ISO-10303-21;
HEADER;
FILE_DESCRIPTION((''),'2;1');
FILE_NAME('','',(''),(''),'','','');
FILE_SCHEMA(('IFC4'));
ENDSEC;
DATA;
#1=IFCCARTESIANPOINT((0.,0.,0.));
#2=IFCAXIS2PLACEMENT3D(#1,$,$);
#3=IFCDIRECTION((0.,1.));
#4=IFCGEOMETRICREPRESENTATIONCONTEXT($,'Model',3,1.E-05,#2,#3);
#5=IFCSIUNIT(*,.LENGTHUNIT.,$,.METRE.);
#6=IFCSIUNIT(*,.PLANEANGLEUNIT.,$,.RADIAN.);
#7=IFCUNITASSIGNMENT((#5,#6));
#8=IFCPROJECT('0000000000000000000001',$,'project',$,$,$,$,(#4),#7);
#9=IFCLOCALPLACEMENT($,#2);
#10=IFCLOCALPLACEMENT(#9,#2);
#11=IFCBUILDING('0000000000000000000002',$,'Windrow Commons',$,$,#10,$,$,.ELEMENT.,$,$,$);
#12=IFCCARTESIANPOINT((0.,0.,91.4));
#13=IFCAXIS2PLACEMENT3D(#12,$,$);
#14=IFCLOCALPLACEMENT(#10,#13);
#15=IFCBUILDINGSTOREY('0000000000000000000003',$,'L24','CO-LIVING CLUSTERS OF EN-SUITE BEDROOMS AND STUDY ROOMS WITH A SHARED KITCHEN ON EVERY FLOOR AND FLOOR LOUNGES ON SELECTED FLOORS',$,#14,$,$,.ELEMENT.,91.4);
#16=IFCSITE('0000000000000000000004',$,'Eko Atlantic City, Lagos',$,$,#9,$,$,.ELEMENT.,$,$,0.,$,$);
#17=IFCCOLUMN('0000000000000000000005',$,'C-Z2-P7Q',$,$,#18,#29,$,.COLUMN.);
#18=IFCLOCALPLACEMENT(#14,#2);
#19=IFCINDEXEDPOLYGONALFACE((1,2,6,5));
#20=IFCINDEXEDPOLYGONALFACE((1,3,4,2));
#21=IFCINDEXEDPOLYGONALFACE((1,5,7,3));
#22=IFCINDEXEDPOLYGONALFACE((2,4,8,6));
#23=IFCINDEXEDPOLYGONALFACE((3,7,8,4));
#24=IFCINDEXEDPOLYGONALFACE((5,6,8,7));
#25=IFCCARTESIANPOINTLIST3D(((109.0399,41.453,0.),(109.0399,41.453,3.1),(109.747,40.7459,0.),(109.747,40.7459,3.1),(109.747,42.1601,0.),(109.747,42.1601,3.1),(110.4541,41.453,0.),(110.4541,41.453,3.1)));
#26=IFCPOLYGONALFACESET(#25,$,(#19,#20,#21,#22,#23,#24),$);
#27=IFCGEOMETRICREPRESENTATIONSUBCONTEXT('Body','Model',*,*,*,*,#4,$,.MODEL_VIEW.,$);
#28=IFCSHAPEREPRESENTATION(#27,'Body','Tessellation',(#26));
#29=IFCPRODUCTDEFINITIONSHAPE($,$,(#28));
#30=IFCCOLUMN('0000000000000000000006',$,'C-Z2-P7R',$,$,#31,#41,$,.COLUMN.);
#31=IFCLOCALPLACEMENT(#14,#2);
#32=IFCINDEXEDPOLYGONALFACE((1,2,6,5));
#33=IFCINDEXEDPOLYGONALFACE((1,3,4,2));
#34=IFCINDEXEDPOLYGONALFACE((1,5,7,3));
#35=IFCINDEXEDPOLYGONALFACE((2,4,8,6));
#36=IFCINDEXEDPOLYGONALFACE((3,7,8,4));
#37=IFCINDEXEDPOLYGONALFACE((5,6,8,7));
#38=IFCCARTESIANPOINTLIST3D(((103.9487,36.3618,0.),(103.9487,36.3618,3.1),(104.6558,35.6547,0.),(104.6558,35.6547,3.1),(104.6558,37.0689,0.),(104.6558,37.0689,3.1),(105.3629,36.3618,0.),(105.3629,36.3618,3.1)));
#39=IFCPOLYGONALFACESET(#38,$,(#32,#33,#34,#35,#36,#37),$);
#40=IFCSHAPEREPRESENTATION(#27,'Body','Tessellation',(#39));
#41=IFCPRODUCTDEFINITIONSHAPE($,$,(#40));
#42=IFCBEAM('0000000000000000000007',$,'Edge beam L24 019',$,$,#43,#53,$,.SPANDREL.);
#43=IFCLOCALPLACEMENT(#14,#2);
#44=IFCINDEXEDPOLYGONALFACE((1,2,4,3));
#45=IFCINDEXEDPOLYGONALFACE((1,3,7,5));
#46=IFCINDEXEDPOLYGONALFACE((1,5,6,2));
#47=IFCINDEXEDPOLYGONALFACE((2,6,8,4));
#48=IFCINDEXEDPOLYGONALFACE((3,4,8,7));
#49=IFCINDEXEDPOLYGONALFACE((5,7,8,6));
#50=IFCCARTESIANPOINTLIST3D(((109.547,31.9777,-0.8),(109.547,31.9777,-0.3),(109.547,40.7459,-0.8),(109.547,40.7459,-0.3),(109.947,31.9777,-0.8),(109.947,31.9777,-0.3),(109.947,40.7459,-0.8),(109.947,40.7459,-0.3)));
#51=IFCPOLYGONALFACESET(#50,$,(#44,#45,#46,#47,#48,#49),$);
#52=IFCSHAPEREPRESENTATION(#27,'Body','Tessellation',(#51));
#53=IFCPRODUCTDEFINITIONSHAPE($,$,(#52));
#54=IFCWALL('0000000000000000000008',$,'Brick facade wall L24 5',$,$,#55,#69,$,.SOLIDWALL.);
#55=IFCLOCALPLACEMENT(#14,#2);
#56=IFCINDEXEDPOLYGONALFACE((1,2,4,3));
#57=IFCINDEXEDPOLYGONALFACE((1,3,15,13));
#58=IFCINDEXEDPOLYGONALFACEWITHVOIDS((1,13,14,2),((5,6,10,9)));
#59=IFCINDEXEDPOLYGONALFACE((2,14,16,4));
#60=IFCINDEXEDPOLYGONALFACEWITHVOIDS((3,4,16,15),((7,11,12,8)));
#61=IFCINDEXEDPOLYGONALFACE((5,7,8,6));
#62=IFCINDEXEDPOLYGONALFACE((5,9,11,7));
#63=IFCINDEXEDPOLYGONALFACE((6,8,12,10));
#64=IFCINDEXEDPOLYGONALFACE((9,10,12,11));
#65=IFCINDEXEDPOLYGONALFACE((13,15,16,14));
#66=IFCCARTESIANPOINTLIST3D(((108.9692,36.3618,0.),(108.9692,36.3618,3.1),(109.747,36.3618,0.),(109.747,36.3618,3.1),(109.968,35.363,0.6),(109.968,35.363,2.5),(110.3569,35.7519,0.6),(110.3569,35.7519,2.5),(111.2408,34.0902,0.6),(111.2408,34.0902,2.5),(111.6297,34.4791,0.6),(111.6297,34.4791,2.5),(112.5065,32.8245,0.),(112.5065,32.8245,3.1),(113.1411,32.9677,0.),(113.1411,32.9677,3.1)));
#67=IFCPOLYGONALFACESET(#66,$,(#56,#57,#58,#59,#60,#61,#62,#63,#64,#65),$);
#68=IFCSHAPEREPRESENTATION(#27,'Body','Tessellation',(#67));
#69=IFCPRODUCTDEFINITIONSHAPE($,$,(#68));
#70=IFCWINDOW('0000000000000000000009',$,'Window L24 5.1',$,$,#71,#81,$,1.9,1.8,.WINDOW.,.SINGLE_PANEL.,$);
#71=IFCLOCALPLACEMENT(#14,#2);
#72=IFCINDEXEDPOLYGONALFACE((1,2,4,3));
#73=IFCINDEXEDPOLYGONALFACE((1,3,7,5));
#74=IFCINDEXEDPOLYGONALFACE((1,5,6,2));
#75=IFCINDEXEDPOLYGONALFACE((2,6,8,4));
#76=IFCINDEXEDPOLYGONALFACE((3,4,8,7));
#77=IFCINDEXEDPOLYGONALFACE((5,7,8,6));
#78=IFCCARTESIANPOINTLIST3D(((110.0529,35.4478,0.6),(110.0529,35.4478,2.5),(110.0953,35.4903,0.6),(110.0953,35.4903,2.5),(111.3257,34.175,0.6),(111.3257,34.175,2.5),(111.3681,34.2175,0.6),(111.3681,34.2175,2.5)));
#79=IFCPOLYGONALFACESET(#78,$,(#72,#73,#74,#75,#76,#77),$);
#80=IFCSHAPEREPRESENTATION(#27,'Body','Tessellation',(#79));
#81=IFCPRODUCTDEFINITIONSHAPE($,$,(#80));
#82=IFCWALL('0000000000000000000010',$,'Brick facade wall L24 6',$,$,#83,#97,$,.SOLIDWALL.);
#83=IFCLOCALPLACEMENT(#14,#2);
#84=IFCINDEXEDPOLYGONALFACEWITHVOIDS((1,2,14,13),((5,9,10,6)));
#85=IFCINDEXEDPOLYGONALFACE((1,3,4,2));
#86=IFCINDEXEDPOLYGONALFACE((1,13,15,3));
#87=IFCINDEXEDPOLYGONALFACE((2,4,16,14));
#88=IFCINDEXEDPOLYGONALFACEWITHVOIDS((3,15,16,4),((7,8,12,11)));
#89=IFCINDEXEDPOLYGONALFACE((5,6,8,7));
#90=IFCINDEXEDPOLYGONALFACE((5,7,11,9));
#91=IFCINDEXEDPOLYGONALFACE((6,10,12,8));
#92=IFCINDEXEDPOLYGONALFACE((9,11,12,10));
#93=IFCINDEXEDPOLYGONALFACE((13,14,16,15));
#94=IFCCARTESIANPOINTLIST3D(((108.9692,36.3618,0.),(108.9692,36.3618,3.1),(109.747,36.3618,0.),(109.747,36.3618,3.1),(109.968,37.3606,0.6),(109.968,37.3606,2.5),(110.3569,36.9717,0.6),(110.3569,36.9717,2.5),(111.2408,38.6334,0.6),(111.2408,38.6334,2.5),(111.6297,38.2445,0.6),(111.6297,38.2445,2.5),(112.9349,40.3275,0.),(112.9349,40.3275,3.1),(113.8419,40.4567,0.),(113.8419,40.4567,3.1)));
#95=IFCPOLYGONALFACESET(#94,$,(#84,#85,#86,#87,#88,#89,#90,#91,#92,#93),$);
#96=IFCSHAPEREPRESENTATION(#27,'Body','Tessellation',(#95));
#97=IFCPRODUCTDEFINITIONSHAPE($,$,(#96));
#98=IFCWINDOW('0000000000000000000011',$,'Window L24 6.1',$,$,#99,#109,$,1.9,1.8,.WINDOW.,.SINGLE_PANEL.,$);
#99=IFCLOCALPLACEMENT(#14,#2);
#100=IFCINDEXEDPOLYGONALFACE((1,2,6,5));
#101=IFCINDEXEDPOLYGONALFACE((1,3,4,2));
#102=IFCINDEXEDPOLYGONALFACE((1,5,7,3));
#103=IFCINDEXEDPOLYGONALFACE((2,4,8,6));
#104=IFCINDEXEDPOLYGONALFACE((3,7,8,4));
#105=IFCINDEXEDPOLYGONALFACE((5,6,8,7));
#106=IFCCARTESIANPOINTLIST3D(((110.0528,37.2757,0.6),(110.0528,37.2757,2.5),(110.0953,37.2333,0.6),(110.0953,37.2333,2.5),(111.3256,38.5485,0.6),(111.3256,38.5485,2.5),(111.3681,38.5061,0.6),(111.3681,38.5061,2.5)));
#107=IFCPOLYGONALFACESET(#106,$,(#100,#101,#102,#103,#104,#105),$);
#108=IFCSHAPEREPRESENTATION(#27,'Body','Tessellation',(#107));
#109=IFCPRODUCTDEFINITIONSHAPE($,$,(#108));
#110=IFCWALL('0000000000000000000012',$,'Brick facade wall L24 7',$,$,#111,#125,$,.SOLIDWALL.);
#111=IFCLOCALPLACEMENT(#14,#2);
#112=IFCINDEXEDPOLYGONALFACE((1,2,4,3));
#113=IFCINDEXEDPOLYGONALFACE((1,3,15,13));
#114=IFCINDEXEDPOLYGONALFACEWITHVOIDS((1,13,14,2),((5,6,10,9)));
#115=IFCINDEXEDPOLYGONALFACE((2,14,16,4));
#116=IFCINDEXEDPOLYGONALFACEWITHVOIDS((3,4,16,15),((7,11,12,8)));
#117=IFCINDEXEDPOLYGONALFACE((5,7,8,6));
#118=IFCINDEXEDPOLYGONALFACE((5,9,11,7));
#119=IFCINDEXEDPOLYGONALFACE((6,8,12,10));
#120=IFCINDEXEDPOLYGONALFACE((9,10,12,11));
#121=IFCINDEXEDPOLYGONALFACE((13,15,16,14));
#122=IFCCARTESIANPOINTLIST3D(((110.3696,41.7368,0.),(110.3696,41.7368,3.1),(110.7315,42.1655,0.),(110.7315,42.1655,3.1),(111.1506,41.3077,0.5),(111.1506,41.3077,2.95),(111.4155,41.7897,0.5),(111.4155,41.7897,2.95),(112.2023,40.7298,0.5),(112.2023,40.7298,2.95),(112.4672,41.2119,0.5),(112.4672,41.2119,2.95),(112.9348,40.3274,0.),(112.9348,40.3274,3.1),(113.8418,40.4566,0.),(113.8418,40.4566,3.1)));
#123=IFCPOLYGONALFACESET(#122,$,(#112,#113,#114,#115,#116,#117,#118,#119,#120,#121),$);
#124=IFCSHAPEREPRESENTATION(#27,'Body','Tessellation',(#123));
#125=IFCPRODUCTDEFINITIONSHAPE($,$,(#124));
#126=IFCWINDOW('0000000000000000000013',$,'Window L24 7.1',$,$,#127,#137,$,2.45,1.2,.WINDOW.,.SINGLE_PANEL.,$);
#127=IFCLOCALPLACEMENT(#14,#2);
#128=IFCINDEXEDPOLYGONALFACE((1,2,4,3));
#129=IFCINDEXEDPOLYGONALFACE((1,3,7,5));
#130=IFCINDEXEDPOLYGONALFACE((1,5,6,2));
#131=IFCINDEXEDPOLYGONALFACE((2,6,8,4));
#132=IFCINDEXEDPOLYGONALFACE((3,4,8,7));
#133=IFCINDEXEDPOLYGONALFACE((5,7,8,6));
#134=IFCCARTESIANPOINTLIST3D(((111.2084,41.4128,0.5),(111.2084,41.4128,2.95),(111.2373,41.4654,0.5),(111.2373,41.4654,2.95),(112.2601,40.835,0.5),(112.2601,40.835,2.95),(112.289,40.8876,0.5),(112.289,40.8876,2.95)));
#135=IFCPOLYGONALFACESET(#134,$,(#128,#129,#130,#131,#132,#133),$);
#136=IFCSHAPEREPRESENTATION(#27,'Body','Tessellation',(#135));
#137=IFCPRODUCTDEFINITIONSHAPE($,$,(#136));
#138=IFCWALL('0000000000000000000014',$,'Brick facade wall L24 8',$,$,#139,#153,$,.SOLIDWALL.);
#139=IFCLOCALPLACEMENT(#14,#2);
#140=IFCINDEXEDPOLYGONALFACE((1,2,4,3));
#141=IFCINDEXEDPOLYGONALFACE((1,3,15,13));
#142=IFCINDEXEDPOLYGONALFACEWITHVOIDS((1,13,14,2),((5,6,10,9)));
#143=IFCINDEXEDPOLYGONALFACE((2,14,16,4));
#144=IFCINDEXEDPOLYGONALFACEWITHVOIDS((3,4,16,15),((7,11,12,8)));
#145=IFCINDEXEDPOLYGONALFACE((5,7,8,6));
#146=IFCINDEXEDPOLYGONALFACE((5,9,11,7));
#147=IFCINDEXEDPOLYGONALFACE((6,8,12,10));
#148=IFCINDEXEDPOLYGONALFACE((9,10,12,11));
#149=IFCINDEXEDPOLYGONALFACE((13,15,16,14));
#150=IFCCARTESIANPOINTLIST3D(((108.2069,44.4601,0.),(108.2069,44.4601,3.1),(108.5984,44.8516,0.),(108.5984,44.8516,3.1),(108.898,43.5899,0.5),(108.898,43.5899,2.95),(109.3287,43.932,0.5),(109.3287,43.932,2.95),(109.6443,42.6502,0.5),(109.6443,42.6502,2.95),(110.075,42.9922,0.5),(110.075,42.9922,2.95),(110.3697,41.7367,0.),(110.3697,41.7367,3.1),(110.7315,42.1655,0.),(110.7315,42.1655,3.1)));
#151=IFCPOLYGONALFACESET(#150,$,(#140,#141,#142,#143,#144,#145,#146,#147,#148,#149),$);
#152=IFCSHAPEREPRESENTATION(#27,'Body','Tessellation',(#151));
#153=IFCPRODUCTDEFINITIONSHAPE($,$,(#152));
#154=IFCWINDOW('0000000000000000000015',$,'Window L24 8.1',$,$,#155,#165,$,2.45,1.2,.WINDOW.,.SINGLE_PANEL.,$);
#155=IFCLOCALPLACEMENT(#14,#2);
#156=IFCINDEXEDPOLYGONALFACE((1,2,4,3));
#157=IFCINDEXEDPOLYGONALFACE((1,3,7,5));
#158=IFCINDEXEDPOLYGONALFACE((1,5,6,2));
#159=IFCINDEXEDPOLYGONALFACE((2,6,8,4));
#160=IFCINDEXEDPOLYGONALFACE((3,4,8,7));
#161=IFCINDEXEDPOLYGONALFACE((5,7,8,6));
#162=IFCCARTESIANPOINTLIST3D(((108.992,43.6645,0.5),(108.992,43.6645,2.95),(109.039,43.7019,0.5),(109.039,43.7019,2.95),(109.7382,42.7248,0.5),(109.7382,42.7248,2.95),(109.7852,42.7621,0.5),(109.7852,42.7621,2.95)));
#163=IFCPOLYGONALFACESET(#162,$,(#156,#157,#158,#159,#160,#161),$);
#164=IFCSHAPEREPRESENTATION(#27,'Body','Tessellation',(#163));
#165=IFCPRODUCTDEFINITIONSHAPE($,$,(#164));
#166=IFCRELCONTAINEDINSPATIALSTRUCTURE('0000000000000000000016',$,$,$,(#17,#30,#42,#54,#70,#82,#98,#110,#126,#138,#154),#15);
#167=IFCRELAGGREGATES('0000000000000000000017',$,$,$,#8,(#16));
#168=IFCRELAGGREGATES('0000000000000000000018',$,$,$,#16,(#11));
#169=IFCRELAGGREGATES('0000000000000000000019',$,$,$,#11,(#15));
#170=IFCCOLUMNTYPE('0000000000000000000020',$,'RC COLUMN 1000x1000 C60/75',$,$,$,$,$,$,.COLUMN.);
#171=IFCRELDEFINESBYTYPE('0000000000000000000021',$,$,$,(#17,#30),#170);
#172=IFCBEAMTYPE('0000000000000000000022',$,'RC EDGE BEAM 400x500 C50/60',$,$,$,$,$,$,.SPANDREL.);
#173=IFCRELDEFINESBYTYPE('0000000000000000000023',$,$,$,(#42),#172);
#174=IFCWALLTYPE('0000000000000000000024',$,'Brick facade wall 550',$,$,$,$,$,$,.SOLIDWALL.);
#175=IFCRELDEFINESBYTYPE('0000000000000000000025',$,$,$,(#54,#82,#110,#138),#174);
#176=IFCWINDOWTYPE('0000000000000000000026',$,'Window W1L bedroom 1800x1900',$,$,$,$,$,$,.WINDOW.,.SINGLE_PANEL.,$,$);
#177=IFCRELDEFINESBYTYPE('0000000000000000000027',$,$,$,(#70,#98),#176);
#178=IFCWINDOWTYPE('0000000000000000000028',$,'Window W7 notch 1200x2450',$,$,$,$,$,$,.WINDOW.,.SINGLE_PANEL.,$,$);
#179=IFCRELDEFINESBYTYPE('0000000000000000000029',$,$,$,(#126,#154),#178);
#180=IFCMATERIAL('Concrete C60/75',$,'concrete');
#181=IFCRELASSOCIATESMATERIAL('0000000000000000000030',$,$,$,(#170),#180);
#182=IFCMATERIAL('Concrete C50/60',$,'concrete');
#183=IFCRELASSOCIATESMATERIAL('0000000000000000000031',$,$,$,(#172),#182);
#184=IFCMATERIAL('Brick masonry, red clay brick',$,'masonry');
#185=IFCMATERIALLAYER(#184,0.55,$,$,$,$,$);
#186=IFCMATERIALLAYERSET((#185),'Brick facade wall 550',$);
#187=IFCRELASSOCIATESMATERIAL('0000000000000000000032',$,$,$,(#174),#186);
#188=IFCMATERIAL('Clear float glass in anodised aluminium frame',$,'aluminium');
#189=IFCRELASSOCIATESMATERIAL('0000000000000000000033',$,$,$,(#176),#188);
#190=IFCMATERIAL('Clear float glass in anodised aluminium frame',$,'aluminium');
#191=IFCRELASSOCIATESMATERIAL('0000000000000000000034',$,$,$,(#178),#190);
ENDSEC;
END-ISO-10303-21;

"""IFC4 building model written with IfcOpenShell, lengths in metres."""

from ifc_helpers import new_model, si_unit, direction, frame, frame_2d, origin, origin_2d, place, context, subcontext, project, spatial, polyline, rectangle, outline, extrude, material, layer, layer_set, material_profile, profile_set, type_object, element, fill, save


model = new_model("IFC4")

# Units and contexts
model_context = context("Model", 3, precision=1e-05, world=origin(), true_north=direction((0.0, 1.0)))
body_context = subcontext(model_context, "Body", "Model", "MODEL_VIEW")
ifc_project = project(units=[si_unit("LENGTHUNIT", "METRE"), si_unit("PLANEANGLEUNIT", "RADIAN")], contexts=[model_context])

# Site, building, storey
site_placement = place(None, origin())
site = spatial("IfcSite", under=ifc_project, at=site_placement, Name="Eko Atlantic City, Lagos", CompositionType="ELEMENT", RefElevation=0.0)
building_placement = place(site_placement, origin())
building = spatial("IfcBuilding", under=site, at=building_placement, Name="Windrow Commons", CompositionType="ELEMENT")
storey_placement = place(building_placement, frame((0.0, 0.0, 91.4)))
storey = spatial("IfcBuildingStorey", under=building, at=storey_placement, Name="L24", Description="CO-LIVING CLUSTERS OF EN-SUITE BEDROOMS AND STUDY ROOMS WITH A SHARED KITCHEN ON EVERY FLOOR AND FLOOR LOUNGES ON SELECTED FLOORS", CompositionType="ELEMENT", Elevation=91.4)

# Columns
ifc_material_1 = material(Name="Concrete C60/75", Category="concrete")
ifc_material_profile_1 = material_profile(ifc_material_1, rectangle(XDim=1.0, YDim=1.0, at=origin_2d()))
ifc_profile_set_1 = profile_set([ifc_material_profile_1], Name="Concrete C60/75")
column_type = type_object("IfcColumnType", Name="RC COLUMN 1000x1000 C60/75", PredefinedType="COLUMN", material=ifc_profile_set_1)
for number, where, z_axis, x_axis, name in (
    (1, (109.747, 41.453, 0.0), (0.0, 0.0, 1.0), (0.707107, -0.707107, 0.0), "C-Z2-P7Q"),
    (2, (104.6558, 36.3618, 0.0), (0.0, 0.0, 1.0), (0.707107, -0.707107, 0.0), "C-Z2-P7R"),
):
    element("IfcColumn", number, at=place(storey_placement, frame(where, z_axis=z_axis, x_axis=x_axis)), inside=storey, type_object=column_type, Name=name, PredefinedType="COLUMN", context=body_context, shape_type="SweptSolid", body=[
        extrude(rectangle(XDim=1.0, YDim=1.0, at=origin_2d()), origin(), (0.0, 0.0, 1.0), 3.1),
    ])

# Beam
ifc_material_2 = material(Name="Concrete C50/60", Category="concrete")
ifc_material_profile_2 = material_profile(ifc_material_2, rectangle(XDim=0.4, YDim=0.5, at=origin_2d()))
ifc_profile_set_2 = profile_set([ifc_material_profile_2], Name="Concrete C50/60")
beam_type = type_object("IfcBeamType", Name="RC EDGE BEAM 400x500 C50/60", PredefinedType="SPANDREL", material=ifc_profile_set_2)
beam_placement = place(storey_placement, frame((109.747, 40.7459, -0.55), z_axis=(0.0, -1.0, 0.0), x_axis=(1.0, 0.0, 0.0)))
element("IfcBeam", 3, at=beam_placement, inside=storey, type_object=beam_type, Name="Edge beam L24 019", PredefinedType="SPANDREL", context=body_context, shape_type="SweptSolid", body=[
    extrude(rectangle(XDim=0.4, YDim=0.5, at=origin_2d()), origin(), (0.0, 0.0, 1.0), 8.7682),
])

# Walls, openings, windows
ifc_material_3 = material(Name="Brick masonry, red clay brick", Category="masonry")
ifc_layer_1 = layer(ifc_material_3, 0.55)
ifc_layer_set_1 = layer_set([ifc_layer_1], Name="Brick facade wall 550")
wall_type_1 = type_object("IfcWallType", Name="Brick facade wall 550", PredefinedType="SOLIDWALL", material=ifc_layer_set_1)
wall_1_placement = place(storey_placement, frame((112.8238, 32.8961, 0.0), z_axis=(0.0, 0.0, 1.0), x_axis=(-0.707107, 0.707107, 0.0)))
wall_1 = element("IfcWall", 4, at=wall_1_placement, inside=storey, type_object=wall_type_1, Name="Brick facade wall L24 5", PredefinedType="SOLIDWALL", context=body_context, shape_type="SweptSolid", body=[
    extrude(outline(polyline([(-0.1737, -0.275), (4.6262, -0.275), (5.1762, 0.275), (0.1737, 0.275), (-0.1737, -0.275)])), origin(), (0.0, 0.0, 1.0), 3.1),
])
opening_1_placement = place(wall_1_placement, frame((1.9637, 0.0, 0.6)))
opening_1 = element("IfcOpeningElement", 5, at=opening_1_placement, cuts=wall_1, PredefinedType="OPENING", context=body_context, shape_type="SweptSolid", body=[
    extrude(rectangle(XDim=1.8, YDim=1.9, at=frame_2d((0.9, 0.95))), frame((0.0, 0.285, 0.0), z_axis=(0.0, -1.0, 0.0), x_axis=(1.0, 0.0, 0.0)), (0.0, 0.0, 1.0), 0.57),
])
ifc_material_4 = material(Name="Clear float glass in anodised aluminium frame", Category="aluminium")
window_type_1 = type_object("IfcWindowType", Name="Window W1L bedroom 1800x1900", PartitioningType="SINGLE_PANEL", PredefinedType="WINDOW", material=ifc_material_4)
window_1_placement = place(opening_1_placement, origin())
window_1 = element("IfcWindow", 6, at=window_1_placement, inside=storey, type_object=window_type_1, Name="Window L24 5.1", OverallHeight=1.9, OverallWidth=1.8, PartitioningType="SINGLE_PANEL", PredefinedType="WINDOW", context=body_context, shape_type="SweptSolid", body=[
    extrude(rectangle(XDim=1.8, YDim=1.9, at=frame_2d((0.9, 0.95))), frame((0.0, 0.155, 0.0), z_axis=(0.0, -1.0, 0.0), x_axis=(1.0, 0.0, 0.0)), (0.0, 0.0, 1.0), 0.06),
])
fill(opening_1, window_1)
wall_2_placement = place(storey_placement, frame((109.3581, 36.3618, 0.0), z_axis=(0.0, 0.0, 1.0), x_axis=(0.707107, 0.707107, 0.0)))
wall_2 = element("IfcWall", 7, at=wall_2_placement, inside=storey, type_object=wall_type_1, Name="Brick facade wall L24 6", PredefinedType="SOLIDWALL", context=body_context, shape_type="SweptSolid", body=[
    extrude(outline(polyline([(0.275, -0.275), (6.066, -0.275), (5.3333, 0.275), (-0.275, 0.275), (0.275, -0.275)])), origin(), (0.0, 0.0, 1.0), 3.1),
])
opening_2_placement = place(wall_2_placement, frame((1.1375, 0.0, 0.6)))
opening_2 = element("IfcOpeningElement", 8, at=opening_2_placement, cuts=wall_2, PredefinedType="OPENING", context=body_context, shape_type="SweptSolid", body=[
    extrude(rectangle(XDim=1.8, YDim=1.9, at=frame_2d((0.9, 0.95))), frame((0.0, 0.285, 0.0), z_axis=(0.0, -1.0, 0.0), x_axis=(1.0, 0.0, 0.0)), (0.0, 0.0, 1.0), 0.57),
])
window_2_placement = place(opening_2_placement, origin())
window_2 = element("IfcWindow", 9, at=window_2_placement, inside=storey, type_object=window_type_1, Name="Window L24 6.1", OverallHeight=1.9, OverallWidth=1.8, PartitioningType="SINGLE_PANEL", PredefinedType="WINDOW", context=body_context, shape_type="SweptSolid", body=[
    extrude(rectangle(XDim=1.8, YDim=1.9, at=frame_2d((0.9, 0.95))), frame((0.0, 0.155, 0.0), z_axis=(0.0, -1.0, 0.0), x_axis=(1.0, 0.0, 0.0)), (0.0, 0.0, 1.0), 0.06),
])
fill(opening_2, window_2)
wall_3_placement = place(storey_placement, frame((113.3883, 40.392, 0.0), z_axis=(0.0, 0.0, 1.0), x_axis=(-0.876429, 0.481531, 0.0)))
wall_3 = element("IfcWall", 10, at=wall_3_placement, inside=storey, type_object=wall_type_1, Name="Brick facade wall L24 7", PredefinedType="SOLIDWALL", context=body_context, shape_type="SweptSolid", body=[
    extrude(outline(polyline([(-0.3664, -0.275), (3.1825, -0.275), (3.2932, 0.275), (0.3664, 0.275), (-0.3664, -0.275)])), origin(), (0.0, 0.0, 1.0), 3.1),
])
opening_3_placement = place(wall_3_placement, frame((1.2021, 0.0, 0.5)))
opening_3 = element("IfcOpeningElement", 11, at=opening_3_placement, cuts=wall_3, PredefinedType="OPENING", context=body_context, shape_type="SweptSolid", body=[
    extrude(rectangle(XDim=1.2, YDim=2.45, at=frame_2d((0.6, 1.225))), frame((0.0, 0.285, 0.0), z_axis=(0.0, -1.0, 0.0), x_axis=(1.0, 0.0, 0.0)), (0.0, 0.0, 1.0), 0.57),
])
ifc_material_5 = material(Name="Clear float glass in anodised aluminium frame", Category="aluminium")
window_type_2 = type_object("IfcWindowType", Name="Window W7 notch 1200x2450", PartitioningType="SINGLE_PANEL", PredefinedType="WINDOW", material=ifc_material_5)
window_3_placement = place(opening_3_placement, origin())
window_3 = element("IfcWindow", 12, at=window_3_placement, inside=storey, type_object=window_type_2, Name="Window L24 7.1", OverallHeight=2.45, OverallWidth=1.2, PartitioningType="SINGLE_PANEL", PredefinedType="WINDOW", context=body_context, shape_type="SweptSolid", body=[
    extrude(rectangle(XDim=1.2, YDim=2.45, at=frame_2d((0.6, 1.225))), frame((0.0, 0.155, 0.0), z_axis=(0.0, -1.0, 0.0), x_axis=(1.0, 0.0, 0.0)), (0.0, 0.0, 1.0), 0.06),
])
fill(opening_3, window_3)
wall_4_placement = place(storey_placement, frame((110.5506, 41.9511, 0.0), z_axis=(0.0, 0.0, 1.0), x_axis=(-0.621891, 0.783104, 0.0)))
wall_4 = element("IfcWall", 13, at=wall_4_placement, inside=storey, type_object=wall_type_1, Name="Brick facade wall L24 8", PredefinedType="SOLIDWALL", context=body_context, shape_type="SweptSolid", body=[
    extrude(outline(polyline([(0.0554, -0.275), (3.4854, -0.275), (3.4223, 0.275), (-0.0554, 0.275), (0.0554, -0.275)])), origin(), (0.0, 0.0, 1.0), 3.1),
])
opening_4_placement = place(wall_4_placement, frame((1.1111, 0.0, 0.5)))
opening_4 = element("IfcOpeningElement", 14, at=opening_4_placement, cuts=wall_4, PredefinedType="OPENING", context=body_context, shape_type="SweptSolid", body=[
    extrude(rectangle(XDim=1.2, YDim=2.45, at=frame_2d((0.6, 1.225))), frame((0.0, 0.285, 0.0), z_axis=(0.0, -1.0, 0.0), x_axis=(1.0, 0.0, 0.0)), (0.0, 0.0, 1.0), 0.57),
])
window_4_placement = place(opening_4_placement, origin())
window_4 = element("IfcWindow", 15, at=window_4_placement, inside=storey, type_object=window_type_2, Name="Window L24 8.1", OverallHeight=2.45, OverallWidth=1.2, PartitioningType="SINGLE_PANEL", PredefinedType="WINDOW", context=body_context, shape_type="SweptSolid", body=[
    extrude(rectangle(XDim=1.2, YDim=2.45, at=frame_2d((0.6, 1.225))), frame((0.0, 0.155, 0.0), z_axis=(0.0, -1.0, 0.0), x_axis=(1.0, 0.0, 0.0)), (0.0, 0.0, 1.0), 0.06),
])
fill(opening_4, window_4)

save(model, "model.ifc")
